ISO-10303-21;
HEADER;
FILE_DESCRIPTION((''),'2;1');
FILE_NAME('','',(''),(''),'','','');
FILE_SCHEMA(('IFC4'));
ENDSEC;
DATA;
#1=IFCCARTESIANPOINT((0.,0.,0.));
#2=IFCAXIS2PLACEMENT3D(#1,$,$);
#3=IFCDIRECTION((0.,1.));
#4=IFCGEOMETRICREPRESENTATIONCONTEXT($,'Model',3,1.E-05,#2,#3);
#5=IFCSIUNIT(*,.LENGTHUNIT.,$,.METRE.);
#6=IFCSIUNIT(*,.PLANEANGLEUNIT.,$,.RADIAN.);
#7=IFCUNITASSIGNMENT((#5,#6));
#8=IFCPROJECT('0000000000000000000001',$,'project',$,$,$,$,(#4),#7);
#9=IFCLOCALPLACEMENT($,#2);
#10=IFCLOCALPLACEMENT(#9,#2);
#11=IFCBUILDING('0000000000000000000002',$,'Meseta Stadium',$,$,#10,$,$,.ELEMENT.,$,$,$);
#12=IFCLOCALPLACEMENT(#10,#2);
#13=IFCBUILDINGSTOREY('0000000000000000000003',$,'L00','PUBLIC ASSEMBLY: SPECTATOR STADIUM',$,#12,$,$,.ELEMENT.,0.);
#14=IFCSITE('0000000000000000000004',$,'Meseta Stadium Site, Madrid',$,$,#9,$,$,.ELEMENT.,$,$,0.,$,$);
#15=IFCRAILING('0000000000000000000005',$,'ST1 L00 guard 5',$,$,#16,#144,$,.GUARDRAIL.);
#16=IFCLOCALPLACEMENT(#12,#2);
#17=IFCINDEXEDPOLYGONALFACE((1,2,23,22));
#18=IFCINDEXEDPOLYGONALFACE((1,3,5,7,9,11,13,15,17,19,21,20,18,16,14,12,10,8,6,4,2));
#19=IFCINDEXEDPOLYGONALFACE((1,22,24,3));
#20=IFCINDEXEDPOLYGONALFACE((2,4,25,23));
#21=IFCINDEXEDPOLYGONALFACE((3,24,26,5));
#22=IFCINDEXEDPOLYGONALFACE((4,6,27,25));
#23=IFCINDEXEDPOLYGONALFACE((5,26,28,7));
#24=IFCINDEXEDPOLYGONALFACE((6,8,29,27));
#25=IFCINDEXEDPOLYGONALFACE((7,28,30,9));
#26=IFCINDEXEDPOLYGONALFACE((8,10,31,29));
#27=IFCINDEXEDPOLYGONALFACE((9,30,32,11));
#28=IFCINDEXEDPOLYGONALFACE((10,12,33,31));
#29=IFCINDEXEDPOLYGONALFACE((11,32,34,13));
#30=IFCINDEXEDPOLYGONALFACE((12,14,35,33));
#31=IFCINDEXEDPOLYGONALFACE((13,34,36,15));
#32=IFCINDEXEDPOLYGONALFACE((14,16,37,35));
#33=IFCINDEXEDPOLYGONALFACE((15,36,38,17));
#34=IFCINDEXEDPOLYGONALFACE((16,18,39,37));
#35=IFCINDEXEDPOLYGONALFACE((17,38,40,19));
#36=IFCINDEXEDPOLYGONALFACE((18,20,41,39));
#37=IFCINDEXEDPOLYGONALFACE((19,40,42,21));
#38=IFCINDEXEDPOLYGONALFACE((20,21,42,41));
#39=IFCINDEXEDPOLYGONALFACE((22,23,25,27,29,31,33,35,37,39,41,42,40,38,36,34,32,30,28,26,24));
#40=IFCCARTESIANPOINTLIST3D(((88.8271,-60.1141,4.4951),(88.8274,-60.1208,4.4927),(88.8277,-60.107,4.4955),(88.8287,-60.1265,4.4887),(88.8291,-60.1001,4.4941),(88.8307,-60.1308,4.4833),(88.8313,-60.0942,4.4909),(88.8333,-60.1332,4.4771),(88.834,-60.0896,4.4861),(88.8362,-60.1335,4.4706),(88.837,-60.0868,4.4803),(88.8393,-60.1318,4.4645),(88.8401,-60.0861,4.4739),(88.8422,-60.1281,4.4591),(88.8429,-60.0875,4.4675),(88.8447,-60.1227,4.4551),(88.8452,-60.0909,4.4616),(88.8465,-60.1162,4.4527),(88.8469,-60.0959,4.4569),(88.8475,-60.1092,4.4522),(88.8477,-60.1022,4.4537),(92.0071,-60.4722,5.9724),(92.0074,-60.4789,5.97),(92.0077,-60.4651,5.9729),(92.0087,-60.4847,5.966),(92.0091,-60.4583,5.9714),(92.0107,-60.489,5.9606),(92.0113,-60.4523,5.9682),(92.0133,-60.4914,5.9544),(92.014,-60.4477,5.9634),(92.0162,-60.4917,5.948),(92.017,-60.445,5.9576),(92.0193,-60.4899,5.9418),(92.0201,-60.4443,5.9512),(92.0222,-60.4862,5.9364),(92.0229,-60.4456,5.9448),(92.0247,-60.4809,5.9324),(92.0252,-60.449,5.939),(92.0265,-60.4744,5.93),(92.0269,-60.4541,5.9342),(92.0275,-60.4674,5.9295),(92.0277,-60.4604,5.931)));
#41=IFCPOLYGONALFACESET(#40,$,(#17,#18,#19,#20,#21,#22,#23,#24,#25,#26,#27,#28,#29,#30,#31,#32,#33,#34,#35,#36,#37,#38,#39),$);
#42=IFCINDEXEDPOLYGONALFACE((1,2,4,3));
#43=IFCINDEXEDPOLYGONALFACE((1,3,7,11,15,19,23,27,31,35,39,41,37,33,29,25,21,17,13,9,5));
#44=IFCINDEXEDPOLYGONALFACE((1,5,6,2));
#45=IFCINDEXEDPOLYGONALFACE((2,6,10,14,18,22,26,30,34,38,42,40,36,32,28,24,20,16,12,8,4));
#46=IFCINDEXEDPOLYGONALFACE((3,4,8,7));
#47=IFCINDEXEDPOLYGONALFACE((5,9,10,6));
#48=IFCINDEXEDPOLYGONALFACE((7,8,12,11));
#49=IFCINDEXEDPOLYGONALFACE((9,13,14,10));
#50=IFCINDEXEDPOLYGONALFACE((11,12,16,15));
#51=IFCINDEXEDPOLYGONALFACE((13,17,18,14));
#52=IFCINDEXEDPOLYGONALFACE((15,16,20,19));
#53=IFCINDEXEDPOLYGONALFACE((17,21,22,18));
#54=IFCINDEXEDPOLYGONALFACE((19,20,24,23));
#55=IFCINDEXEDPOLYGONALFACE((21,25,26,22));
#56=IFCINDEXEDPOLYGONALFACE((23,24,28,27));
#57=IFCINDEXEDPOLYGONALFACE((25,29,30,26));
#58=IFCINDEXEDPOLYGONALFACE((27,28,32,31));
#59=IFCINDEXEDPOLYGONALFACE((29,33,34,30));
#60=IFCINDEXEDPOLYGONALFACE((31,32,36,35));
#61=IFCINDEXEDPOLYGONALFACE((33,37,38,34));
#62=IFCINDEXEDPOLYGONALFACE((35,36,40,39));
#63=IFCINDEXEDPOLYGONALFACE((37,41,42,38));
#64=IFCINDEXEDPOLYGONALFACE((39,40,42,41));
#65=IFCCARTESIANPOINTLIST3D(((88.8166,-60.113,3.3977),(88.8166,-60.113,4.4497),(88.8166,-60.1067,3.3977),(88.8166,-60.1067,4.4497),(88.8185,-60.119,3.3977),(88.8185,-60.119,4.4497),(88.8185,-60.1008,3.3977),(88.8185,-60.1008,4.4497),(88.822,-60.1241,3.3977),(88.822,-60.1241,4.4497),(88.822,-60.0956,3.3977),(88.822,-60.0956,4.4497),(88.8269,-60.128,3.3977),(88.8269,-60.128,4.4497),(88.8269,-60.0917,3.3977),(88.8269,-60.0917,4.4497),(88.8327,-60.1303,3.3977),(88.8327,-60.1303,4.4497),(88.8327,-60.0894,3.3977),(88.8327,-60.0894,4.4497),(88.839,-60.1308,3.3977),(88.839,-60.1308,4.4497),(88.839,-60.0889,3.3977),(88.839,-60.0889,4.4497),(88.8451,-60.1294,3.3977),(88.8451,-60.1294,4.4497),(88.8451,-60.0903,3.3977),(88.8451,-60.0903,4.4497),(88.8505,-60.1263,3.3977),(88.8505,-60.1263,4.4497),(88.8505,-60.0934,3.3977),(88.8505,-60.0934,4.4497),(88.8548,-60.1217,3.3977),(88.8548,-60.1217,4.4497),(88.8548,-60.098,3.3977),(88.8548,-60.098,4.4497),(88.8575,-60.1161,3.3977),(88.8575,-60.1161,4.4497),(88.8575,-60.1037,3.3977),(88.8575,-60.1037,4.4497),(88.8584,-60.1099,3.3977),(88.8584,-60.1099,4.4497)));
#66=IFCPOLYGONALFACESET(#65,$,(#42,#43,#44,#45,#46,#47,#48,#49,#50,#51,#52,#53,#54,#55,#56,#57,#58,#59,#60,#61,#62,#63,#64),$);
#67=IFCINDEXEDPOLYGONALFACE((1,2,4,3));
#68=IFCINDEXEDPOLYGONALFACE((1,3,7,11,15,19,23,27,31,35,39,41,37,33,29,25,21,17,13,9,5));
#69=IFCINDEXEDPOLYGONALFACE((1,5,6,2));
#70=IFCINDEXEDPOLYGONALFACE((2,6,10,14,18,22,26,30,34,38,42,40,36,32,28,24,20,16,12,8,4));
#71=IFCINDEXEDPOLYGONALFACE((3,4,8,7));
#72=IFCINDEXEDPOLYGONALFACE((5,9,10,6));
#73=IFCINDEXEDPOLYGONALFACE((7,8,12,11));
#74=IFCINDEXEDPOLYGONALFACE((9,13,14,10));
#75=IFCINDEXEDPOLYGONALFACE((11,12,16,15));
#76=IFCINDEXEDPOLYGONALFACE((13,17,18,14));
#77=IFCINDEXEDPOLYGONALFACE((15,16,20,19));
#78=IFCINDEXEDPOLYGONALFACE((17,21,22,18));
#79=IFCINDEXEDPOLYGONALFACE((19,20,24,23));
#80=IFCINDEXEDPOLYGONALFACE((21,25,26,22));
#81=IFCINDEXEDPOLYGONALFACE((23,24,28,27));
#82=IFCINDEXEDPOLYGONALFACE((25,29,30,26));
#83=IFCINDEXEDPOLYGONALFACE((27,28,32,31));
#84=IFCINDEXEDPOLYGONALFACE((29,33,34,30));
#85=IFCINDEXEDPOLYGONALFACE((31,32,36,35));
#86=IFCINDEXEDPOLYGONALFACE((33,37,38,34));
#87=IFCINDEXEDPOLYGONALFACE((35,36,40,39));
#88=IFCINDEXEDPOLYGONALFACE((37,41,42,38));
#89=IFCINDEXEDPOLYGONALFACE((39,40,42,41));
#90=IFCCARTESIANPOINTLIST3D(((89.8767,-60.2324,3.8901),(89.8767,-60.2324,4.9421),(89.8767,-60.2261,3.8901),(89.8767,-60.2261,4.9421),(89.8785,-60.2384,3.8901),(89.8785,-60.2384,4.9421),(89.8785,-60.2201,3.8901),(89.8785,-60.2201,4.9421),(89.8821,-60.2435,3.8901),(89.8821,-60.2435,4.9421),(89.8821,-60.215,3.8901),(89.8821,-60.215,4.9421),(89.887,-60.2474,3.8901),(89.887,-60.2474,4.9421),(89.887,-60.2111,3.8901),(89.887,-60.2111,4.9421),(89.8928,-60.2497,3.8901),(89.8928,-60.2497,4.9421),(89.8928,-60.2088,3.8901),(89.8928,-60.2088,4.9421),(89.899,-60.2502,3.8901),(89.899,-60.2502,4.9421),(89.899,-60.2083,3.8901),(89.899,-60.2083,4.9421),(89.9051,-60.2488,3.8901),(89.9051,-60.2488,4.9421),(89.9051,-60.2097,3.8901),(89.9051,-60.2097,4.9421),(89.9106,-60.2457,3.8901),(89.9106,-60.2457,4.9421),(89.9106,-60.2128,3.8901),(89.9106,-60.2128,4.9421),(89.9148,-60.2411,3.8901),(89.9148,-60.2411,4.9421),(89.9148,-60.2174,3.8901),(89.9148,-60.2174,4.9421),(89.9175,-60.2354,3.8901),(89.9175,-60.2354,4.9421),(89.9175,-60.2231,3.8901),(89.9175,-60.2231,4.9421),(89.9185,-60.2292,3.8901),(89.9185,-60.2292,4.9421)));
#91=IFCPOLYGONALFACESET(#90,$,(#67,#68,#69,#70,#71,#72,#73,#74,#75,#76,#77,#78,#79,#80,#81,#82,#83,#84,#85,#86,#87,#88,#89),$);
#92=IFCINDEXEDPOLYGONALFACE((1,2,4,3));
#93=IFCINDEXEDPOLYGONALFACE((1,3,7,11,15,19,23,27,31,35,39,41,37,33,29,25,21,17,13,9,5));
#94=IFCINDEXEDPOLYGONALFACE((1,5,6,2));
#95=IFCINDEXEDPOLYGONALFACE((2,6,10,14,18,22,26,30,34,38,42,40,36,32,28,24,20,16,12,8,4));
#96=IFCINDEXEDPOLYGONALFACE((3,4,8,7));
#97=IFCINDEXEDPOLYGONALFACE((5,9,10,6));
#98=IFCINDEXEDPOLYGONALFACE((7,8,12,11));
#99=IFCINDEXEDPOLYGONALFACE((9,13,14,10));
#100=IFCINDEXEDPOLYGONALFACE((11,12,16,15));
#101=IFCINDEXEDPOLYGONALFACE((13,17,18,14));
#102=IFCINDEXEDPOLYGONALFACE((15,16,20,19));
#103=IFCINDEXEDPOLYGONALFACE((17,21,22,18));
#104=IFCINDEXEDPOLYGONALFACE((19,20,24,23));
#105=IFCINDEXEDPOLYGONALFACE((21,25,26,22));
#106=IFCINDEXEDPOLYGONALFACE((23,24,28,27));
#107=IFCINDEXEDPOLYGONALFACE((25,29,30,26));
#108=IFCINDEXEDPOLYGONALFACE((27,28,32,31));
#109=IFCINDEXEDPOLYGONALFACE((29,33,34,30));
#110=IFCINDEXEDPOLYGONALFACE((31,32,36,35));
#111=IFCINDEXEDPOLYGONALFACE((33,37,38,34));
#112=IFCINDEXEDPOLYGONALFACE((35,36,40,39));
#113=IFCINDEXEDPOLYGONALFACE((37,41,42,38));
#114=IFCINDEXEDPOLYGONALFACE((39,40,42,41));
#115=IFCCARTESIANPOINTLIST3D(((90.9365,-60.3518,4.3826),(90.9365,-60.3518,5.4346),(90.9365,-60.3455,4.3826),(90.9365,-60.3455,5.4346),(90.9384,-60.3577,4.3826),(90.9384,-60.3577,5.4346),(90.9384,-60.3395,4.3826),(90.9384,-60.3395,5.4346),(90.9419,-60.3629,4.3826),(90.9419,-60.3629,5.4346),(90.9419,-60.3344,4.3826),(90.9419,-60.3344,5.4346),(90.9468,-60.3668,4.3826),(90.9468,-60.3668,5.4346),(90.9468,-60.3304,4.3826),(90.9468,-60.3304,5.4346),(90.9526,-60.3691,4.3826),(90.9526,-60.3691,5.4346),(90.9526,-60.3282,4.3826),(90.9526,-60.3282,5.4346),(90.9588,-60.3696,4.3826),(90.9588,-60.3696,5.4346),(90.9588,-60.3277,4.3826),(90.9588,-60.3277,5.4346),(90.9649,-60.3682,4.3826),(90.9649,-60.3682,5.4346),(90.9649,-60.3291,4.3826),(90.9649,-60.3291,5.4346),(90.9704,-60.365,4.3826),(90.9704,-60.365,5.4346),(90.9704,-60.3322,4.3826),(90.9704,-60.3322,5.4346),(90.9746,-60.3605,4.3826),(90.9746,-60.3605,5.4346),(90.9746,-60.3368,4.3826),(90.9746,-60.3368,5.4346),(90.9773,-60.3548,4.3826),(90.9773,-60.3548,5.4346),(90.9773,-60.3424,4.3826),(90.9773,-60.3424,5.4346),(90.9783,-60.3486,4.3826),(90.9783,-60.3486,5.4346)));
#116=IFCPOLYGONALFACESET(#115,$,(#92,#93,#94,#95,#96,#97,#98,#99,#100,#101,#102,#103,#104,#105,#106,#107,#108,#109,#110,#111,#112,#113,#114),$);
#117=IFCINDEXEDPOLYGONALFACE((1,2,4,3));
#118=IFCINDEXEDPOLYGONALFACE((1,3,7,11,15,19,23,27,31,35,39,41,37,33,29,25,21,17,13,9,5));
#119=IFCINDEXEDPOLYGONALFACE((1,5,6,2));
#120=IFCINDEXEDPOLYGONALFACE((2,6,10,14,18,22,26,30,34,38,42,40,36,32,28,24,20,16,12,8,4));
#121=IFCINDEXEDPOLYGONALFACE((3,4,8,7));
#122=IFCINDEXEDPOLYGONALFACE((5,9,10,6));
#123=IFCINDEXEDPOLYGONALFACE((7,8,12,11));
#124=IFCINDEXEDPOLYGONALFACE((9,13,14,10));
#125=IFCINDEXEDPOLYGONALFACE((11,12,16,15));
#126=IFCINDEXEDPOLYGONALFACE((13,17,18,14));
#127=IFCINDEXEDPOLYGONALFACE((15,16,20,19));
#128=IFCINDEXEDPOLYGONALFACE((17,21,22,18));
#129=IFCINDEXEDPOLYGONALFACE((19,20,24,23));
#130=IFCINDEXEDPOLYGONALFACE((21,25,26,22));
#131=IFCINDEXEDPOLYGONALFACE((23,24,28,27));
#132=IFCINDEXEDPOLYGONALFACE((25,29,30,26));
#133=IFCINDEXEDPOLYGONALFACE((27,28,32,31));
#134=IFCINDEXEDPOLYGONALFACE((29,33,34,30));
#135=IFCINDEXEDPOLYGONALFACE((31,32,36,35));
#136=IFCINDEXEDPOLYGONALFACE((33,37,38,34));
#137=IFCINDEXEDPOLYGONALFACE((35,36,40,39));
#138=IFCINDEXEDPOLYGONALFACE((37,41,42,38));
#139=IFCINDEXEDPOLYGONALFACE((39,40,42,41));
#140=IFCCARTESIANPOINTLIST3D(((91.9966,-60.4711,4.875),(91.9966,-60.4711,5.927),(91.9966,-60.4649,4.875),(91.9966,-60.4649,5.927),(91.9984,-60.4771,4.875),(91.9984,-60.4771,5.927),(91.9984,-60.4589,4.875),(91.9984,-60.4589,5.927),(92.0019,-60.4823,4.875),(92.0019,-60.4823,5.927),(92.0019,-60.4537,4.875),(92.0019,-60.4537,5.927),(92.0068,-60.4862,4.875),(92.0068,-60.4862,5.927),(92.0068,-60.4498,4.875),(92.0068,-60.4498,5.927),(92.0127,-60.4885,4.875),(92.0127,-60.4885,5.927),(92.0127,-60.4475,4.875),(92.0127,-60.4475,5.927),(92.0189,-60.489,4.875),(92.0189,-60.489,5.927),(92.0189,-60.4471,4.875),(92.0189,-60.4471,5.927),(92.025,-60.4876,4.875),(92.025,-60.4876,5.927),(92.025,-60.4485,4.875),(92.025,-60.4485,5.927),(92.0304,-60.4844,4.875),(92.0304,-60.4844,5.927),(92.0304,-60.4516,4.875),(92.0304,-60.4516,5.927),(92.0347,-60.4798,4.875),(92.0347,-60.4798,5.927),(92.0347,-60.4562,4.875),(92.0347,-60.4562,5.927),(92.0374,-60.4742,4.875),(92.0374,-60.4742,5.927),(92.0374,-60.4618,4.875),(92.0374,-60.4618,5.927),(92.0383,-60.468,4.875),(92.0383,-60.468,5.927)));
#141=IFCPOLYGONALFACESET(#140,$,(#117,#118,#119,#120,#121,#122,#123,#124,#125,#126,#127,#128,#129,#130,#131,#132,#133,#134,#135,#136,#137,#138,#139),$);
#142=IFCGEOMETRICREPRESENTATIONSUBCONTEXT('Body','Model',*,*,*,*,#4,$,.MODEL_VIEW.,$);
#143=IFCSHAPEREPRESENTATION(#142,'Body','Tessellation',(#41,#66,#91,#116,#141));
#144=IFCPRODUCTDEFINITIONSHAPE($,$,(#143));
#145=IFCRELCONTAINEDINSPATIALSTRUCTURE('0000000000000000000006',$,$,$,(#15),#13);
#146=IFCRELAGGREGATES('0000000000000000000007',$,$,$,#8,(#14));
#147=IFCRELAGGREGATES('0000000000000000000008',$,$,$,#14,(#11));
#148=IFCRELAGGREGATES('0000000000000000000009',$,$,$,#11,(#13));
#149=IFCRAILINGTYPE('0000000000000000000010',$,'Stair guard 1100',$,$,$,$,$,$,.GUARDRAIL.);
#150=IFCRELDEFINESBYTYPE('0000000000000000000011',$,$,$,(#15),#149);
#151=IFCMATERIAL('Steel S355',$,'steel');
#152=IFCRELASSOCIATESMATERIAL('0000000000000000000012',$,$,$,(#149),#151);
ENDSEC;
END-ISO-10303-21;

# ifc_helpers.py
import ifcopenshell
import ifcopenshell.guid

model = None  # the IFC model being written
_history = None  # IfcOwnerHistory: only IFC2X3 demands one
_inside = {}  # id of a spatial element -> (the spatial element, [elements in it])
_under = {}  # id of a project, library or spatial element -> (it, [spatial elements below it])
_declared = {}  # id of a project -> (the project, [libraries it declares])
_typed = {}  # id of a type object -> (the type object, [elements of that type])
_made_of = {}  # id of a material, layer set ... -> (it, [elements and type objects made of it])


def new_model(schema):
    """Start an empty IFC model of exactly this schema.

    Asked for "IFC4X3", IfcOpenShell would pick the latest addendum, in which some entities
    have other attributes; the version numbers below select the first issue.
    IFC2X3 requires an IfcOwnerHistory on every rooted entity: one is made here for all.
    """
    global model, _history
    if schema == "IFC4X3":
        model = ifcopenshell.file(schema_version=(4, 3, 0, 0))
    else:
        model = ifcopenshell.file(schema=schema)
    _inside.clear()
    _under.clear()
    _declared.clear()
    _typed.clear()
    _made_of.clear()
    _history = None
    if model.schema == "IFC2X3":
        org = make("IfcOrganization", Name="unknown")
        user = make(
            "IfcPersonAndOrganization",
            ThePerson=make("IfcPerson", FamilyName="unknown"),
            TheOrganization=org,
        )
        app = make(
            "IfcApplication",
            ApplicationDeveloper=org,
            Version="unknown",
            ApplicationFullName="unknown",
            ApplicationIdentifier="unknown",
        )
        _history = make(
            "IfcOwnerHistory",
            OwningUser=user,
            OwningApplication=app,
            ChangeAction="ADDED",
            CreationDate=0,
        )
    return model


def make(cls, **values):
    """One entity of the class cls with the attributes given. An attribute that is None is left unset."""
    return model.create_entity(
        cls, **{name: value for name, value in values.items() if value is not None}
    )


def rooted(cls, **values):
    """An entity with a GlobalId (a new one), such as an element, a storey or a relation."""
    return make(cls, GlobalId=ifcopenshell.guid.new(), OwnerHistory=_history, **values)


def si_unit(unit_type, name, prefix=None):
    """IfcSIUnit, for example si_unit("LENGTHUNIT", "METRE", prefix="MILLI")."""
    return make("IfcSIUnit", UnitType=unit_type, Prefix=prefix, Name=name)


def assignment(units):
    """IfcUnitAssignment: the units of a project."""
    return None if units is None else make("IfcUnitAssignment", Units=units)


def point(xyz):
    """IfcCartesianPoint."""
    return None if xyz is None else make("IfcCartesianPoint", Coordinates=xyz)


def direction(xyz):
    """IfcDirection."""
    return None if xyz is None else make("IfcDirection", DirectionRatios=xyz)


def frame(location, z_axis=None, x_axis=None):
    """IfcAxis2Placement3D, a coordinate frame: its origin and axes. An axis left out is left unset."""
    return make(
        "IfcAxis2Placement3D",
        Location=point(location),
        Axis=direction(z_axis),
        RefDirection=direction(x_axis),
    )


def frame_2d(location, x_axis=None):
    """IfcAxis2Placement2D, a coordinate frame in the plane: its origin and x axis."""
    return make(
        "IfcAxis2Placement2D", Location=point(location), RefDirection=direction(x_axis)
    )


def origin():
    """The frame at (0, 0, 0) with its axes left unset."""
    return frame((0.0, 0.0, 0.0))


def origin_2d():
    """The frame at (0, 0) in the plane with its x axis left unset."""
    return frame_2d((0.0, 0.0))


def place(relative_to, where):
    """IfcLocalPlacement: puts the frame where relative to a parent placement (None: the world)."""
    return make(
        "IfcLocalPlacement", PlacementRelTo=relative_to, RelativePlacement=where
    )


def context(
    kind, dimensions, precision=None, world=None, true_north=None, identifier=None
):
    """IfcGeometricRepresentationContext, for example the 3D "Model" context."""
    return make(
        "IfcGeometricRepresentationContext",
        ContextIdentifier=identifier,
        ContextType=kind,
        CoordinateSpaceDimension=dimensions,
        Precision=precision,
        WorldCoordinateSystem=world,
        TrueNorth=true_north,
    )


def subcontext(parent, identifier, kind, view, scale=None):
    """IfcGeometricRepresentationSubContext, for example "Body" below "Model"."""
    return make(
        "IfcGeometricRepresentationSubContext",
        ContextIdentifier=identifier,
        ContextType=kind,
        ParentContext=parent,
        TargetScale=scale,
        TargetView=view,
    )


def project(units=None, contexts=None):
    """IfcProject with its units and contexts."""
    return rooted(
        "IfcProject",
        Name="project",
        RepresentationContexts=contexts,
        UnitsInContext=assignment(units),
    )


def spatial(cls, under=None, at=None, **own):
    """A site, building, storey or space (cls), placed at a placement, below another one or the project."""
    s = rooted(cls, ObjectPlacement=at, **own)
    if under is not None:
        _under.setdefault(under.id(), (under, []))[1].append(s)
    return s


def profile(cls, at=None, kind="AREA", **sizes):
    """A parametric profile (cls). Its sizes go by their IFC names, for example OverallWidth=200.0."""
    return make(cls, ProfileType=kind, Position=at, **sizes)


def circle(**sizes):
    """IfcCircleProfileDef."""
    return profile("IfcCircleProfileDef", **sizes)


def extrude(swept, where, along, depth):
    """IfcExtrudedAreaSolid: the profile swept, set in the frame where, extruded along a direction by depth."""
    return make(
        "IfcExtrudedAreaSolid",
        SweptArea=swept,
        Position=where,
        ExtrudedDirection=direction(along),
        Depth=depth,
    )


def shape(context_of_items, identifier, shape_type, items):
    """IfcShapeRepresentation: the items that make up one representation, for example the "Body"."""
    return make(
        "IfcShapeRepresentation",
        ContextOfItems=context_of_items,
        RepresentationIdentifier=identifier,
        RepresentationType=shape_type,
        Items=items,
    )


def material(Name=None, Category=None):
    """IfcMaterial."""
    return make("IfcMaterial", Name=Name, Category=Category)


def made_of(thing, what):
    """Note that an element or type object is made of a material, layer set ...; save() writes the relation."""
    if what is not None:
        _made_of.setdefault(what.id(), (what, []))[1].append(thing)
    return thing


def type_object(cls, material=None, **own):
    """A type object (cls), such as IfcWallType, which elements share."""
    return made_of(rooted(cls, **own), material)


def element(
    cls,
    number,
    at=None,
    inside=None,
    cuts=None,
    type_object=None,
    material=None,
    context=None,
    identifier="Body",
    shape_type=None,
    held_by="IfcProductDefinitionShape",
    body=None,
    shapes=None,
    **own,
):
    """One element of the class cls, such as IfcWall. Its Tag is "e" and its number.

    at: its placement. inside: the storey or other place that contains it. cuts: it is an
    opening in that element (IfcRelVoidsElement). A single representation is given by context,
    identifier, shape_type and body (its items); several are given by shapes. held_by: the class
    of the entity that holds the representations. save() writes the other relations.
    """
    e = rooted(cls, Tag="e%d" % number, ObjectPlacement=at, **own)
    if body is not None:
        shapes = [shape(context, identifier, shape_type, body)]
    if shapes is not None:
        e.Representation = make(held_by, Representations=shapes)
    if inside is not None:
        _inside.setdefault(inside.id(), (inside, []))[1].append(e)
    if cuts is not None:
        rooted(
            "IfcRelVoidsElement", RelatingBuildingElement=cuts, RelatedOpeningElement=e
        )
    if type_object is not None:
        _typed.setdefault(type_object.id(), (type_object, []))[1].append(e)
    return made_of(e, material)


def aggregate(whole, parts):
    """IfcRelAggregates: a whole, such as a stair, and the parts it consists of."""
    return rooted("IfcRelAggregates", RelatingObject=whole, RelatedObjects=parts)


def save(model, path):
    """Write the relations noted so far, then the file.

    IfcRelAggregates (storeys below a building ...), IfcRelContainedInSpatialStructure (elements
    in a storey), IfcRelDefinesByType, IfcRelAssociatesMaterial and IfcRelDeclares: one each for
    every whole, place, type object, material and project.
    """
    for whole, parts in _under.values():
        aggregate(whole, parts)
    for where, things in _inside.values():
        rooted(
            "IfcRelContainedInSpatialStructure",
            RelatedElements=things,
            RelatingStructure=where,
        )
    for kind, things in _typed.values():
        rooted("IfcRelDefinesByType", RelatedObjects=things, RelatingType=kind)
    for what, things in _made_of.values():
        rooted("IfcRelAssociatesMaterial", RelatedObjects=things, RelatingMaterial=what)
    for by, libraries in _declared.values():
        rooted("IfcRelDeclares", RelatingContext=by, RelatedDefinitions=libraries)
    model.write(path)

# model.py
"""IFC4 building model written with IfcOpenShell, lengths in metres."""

from ifc_helpers import new_model, si_unit, direction, frame, origin, origin_2d, place, context, subcontext, project, spatial, circle, extrude, material, type_object, element, save


model = new_model("IFC4")

# Units and contexts
model_context = context("Model", 3, precision=1e-05, world=origin(), true_north=direction((0.0, 1.0)))
body_context = subcontext(model_context, "Body", "Model", "MODEL_VIEW")
ifc_project = project(units=[si_unit("LENGTHUNIT", "METRE"), si_unit("PLANEANGLEUNIT", "RADIAN")], contexts=[model_context])

# Site, building, storey
site_placement = place(None, origin())
site = spatial("IfcSite", under=ifc_project, at=site_placement, Name="Meseta Stadium Site, Madrid", CompositionType="ELEMENT", RefElevation=0.0)
building_placement = place(site_placement, origin())
building = spatial("IfcBuilding", under=site, at=building_placement, Name="Meseta Stadium", CompositionType="ELEMENT")
storey_placement = place(building_placement, origin())
storey = spatial("IfcBuildingStorey", under=building, at=storey_placement, Name="L00", Description="PUBLIC ASSEMBLY: SPECTATOR STADIUM", CompositionType="ELEMENT", Elevation=0.0)

# Railing
ifc_material_1 = material(Name="Steel S355", Category="steel")
railing_type_1 = type_object("IfcRailingType", Name="Stair guard 1100", PredefinedType="GUARDRAIL", material=ifc_material_1)
railing_1_placement = place(storey_placement, frame((88.8374, -60.1099, 3.3977)))
element("IfcRailing", 1, at=railing_1_placement, inside=storey, type_object=railing_type_1, Name="ST1 L00 guard 5", PredefinedType="GUARDRAIL", context=body_context, shape_type="SweptSolid", body=[
    extrude(circle(Radius=0.0239, at=origin_2d()), frame((0.0, 0.0, 1.0762), z_axis=(0.902217, -0.101616, 0.419141), x_axis=(0.111922, 0.993717, 0.0)), (0.0, 0.0, 1.0), 3.5247),
    extrude(circle(Radius=0.021, at=origin_2d()), origin(), (0.0, 0.0, 1.0), 1.052),
    extrude(circle(Radius=0.021, at=origin_2d()), frame((1.0601, -0.1194, 0.4924)), (0.0, 0.0, 1.0), 1.052),
    extrude(circle(Radius=0.021, at=origin_2d()), frame((2.1199, -0.2388, 0.9849)), (0.0, 0.0, 1.0), 1.052),
    extrude(circle(Radius=0.021, at=origin_2d()), frame((3.1799, -0.3582, 1.4773)), (0.0, 0.0, 1.0), 1.052),
])

save(model, "model.ifc")
